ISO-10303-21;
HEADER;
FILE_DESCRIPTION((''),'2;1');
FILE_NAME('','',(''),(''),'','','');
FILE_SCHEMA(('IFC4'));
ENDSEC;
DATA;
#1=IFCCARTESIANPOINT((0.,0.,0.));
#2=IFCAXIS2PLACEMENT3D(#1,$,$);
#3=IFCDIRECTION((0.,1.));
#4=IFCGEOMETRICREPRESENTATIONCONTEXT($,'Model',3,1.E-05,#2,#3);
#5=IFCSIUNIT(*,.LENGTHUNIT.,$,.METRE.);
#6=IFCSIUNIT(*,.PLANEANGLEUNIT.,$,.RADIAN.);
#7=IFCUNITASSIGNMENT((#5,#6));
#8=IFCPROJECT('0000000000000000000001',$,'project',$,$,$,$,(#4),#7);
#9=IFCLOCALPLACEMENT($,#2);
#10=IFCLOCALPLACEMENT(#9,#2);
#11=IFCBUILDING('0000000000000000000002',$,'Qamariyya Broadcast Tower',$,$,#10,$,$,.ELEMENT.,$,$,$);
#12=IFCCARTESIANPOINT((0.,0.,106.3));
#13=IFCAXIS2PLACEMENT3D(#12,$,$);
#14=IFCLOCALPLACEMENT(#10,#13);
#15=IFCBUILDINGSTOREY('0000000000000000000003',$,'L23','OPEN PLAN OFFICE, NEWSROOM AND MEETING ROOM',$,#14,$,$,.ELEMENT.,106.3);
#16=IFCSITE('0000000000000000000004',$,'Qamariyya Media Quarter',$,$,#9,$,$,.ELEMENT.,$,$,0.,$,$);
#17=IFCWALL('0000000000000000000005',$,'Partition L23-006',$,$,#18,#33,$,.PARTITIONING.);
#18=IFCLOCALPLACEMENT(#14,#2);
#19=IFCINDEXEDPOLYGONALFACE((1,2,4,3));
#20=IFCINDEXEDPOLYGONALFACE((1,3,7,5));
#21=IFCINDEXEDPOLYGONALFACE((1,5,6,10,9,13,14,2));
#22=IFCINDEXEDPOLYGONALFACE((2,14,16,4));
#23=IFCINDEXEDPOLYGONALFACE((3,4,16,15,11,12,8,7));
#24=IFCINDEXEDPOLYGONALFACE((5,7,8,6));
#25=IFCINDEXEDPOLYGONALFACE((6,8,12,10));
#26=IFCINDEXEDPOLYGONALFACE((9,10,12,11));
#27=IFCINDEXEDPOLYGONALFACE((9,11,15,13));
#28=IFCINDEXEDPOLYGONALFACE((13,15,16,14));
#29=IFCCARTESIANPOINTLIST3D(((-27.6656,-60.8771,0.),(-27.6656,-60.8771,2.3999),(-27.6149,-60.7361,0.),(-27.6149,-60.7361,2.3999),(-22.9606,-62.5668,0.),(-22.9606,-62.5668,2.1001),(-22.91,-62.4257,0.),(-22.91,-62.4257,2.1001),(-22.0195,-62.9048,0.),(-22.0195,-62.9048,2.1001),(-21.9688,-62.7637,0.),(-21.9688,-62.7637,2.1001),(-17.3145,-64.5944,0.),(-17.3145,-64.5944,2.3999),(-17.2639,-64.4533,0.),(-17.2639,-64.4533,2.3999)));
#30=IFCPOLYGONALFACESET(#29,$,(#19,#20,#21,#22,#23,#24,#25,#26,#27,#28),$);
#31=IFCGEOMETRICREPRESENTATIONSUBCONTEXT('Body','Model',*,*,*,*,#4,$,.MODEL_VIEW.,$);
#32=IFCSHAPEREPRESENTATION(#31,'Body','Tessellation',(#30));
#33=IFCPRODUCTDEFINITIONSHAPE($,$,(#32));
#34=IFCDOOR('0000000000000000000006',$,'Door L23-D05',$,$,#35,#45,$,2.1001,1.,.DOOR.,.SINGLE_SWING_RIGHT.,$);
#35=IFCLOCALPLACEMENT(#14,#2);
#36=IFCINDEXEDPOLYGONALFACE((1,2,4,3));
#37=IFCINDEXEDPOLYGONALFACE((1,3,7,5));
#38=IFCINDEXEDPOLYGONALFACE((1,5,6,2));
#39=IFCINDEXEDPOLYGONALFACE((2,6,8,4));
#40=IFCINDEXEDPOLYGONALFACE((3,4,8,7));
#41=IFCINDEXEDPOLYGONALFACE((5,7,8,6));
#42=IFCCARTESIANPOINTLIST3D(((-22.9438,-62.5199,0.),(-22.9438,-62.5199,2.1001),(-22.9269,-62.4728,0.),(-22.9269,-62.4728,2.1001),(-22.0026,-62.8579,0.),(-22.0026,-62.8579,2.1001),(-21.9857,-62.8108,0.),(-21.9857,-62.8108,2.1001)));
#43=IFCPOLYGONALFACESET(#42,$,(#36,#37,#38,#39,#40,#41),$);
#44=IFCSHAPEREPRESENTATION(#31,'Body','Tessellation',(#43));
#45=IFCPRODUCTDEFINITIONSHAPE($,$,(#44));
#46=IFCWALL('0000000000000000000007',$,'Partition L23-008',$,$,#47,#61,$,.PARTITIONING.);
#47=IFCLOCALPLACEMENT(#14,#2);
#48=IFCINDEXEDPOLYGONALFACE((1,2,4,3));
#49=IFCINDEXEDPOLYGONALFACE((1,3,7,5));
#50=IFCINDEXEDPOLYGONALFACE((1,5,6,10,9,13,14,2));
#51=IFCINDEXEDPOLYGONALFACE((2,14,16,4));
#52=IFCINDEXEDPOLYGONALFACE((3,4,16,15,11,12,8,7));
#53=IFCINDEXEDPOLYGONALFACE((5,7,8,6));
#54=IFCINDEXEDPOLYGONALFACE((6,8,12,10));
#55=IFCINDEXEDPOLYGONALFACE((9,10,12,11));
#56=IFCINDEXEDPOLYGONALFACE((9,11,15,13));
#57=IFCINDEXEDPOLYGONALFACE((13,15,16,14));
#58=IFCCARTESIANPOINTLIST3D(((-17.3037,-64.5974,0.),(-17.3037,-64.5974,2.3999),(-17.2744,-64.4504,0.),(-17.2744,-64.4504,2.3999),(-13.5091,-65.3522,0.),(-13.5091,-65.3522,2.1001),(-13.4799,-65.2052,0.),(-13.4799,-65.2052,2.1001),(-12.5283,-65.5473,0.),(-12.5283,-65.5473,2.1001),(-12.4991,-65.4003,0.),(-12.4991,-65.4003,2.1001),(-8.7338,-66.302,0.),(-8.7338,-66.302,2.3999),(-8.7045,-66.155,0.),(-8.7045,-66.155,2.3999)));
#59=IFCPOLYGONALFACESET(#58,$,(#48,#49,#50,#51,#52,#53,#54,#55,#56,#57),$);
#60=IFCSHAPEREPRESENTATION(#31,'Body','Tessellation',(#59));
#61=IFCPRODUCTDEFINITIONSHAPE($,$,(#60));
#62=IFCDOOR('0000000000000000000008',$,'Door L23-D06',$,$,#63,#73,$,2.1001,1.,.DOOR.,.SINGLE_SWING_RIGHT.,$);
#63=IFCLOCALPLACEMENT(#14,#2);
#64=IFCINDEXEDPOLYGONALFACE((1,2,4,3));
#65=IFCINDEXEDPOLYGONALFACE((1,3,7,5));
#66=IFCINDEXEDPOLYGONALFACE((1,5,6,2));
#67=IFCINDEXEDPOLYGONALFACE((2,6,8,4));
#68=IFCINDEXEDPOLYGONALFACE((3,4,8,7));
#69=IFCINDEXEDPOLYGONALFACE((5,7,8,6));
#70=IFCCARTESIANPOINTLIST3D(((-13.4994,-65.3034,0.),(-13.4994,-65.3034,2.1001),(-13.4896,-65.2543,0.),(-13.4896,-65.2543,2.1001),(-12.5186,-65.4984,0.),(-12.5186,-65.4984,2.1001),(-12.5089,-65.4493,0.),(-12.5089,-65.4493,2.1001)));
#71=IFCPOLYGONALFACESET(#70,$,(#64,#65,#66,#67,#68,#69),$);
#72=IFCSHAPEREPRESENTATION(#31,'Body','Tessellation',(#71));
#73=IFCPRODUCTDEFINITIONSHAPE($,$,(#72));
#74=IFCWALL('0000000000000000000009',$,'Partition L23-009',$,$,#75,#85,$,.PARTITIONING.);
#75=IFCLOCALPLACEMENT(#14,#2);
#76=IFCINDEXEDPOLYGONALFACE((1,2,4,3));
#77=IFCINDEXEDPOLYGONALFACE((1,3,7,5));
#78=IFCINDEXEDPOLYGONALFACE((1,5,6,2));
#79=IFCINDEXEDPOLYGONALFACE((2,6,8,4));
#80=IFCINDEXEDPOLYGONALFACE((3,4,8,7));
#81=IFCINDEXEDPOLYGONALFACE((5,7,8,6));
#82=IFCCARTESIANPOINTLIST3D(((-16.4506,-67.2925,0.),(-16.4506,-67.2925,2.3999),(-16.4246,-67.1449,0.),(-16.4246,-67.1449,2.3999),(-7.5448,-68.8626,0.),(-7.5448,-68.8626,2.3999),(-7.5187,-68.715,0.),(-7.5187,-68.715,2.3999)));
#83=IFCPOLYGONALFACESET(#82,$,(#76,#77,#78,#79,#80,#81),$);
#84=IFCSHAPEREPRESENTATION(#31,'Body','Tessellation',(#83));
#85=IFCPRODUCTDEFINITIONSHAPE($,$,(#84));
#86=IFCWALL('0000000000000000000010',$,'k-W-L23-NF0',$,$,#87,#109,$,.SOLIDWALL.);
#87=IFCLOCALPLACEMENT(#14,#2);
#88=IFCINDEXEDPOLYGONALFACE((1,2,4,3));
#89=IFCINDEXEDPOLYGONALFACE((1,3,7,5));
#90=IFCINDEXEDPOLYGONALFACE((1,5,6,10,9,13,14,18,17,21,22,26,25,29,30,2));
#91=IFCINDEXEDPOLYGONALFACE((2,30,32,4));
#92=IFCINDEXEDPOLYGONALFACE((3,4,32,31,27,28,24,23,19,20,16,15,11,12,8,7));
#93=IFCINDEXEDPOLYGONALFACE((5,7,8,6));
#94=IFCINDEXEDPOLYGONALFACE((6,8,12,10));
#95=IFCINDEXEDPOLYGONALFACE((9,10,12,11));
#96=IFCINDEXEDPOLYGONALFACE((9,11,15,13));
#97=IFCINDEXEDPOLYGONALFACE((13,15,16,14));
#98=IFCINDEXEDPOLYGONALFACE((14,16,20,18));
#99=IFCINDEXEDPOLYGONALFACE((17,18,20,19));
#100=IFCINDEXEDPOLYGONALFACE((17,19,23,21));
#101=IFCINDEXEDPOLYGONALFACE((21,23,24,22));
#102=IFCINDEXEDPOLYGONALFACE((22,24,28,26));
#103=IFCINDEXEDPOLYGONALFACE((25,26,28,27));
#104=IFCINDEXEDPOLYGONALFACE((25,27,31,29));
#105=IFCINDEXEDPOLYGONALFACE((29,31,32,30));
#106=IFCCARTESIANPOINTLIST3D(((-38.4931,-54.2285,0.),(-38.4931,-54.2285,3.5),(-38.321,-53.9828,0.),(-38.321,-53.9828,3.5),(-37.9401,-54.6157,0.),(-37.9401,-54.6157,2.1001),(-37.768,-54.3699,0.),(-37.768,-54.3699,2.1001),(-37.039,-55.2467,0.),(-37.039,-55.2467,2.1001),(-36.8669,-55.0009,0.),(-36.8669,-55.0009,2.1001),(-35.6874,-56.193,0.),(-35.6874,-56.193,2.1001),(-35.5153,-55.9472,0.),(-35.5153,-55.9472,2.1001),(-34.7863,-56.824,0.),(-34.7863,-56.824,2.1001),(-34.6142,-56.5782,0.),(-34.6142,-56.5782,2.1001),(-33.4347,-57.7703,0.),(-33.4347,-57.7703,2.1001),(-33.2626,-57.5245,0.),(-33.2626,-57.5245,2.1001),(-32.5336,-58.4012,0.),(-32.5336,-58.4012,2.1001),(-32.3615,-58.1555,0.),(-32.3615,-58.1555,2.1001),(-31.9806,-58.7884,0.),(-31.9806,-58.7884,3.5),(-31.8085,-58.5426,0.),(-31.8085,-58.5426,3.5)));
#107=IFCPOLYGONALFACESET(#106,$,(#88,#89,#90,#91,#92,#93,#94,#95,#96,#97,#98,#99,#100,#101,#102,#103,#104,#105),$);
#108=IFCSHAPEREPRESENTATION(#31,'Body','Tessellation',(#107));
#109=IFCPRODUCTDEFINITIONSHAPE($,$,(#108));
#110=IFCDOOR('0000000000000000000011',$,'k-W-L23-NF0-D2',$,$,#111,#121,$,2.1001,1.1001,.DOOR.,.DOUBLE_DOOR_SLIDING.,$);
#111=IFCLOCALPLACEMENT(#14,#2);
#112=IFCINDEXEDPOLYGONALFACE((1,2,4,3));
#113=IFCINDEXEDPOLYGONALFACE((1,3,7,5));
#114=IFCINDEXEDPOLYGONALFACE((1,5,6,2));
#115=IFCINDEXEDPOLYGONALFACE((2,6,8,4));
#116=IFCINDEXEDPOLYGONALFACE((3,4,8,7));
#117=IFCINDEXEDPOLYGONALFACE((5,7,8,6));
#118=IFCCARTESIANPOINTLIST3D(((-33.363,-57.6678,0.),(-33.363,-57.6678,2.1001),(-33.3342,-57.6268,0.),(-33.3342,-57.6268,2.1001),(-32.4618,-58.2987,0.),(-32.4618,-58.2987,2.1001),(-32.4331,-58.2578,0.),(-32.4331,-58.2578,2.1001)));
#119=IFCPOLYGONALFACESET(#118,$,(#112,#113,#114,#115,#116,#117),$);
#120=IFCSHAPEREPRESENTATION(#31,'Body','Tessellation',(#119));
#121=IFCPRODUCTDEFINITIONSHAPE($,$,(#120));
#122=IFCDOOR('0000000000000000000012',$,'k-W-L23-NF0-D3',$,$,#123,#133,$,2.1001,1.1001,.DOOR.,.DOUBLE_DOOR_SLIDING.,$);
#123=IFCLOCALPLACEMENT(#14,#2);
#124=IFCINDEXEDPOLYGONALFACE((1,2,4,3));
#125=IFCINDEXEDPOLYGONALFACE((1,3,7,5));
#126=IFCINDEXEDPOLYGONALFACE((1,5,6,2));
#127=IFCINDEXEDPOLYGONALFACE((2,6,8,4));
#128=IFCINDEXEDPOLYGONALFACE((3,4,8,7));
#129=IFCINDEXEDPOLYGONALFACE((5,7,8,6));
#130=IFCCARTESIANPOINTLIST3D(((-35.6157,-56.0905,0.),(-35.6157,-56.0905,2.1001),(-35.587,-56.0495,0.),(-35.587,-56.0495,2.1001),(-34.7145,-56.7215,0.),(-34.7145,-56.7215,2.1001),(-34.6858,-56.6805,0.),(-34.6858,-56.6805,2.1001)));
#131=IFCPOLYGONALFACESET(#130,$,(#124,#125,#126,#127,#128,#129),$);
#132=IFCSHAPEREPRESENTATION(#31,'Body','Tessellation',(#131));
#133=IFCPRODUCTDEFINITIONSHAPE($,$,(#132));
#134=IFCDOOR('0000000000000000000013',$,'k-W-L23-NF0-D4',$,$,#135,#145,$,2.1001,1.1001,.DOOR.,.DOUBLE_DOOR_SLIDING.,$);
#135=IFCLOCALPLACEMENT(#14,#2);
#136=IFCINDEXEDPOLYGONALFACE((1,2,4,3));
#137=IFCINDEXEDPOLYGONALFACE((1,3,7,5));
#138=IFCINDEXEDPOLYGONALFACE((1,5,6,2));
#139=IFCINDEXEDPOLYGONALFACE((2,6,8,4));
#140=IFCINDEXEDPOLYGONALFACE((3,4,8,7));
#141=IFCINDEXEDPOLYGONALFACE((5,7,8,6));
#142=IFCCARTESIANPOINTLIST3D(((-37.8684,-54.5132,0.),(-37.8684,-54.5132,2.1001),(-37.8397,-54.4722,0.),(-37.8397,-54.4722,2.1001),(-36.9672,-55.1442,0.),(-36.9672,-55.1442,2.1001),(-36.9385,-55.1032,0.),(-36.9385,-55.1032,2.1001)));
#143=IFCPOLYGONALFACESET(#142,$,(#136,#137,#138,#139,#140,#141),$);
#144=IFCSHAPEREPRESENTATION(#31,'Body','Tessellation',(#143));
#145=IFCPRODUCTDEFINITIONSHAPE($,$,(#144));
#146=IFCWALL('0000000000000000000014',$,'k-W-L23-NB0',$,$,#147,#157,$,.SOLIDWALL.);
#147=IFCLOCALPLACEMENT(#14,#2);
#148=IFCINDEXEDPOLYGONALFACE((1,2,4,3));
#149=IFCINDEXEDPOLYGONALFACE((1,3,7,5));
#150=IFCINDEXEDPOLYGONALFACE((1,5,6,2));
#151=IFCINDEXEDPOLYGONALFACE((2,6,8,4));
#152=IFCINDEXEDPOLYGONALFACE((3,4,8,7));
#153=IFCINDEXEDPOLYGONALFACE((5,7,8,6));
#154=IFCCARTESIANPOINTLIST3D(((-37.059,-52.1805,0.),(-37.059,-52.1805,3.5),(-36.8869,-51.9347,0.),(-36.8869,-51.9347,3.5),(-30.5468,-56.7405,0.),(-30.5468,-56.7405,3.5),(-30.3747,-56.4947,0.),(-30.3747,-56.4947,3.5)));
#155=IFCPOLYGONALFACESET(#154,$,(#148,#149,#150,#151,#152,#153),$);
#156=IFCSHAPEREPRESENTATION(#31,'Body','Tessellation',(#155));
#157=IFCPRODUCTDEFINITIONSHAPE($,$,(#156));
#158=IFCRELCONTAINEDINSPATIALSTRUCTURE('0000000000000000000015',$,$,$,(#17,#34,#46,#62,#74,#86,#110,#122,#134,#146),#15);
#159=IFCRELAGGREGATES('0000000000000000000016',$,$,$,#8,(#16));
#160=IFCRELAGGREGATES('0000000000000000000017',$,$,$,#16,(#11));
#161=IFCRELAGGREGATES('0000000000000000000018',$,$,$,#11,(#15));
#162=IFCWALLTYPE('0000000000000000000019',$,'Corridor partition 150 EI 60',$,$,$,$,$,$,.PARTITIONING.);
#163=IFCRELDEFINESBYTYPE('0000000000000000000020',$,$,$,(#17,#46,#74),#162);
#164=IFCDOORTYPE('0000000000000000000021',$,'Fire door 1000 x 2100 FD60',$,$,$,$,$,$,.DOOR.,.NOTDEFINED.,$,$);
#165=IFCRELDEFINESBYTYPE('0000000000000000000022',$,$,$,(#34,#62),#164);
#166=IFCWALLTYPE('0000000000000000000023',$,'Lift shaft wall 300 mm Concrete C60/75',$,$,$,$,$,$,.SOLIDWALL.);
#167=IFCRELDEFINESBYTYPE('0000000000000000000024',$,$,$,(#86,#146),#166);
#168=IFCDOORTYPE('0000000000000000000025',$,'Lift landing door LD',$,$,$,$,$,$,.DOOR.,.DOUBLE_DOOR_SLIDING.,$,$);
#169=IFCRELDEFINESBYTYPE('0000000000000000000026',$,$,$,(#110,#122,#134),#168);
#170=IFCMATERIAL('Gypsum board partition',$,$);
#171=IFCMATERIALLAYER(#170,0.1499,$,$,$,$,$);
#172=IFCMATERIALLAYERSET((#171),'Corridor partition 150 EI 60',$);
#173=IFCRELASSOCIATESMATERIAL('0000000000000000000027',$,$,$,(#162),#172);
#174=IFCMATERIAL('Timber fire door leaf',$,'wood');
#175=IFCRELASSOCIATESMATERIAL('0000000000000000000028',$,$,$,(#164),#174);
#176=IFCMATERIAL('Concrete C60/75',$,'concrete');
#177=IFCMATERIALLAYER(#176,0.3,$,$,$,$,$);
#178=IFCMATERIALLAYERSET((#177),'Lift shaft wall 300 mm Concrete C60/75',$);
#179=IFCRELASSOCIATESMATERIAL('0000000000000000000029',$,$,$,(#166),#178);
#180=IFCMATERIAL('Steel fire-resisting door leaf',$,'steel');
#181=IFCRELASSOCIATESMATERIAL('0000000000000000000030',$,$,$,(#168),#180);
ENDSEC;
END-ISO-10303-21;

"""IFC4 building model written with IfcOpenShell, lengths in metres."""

from ifc_helpers import new_model, si_unit, direction, frame, frame_2d, origin, place, context, subcontext, project, spatial, rectangle, extrude, material, layer, layer_set, type_object, element, fill, save


model = new_model("IFC4")

# Units and contexts
model_context = context("Model", 3, precision=1e-05, world=origin(), true_north=direction((0.0, 1.0)))
body_context = subcontext(model_context, "Body", "Model", "MODEL_VIEW")
ifc_project = project(units=[si_unit("LENGTHUNIT", "METRE"), si_unit("PLANEANGLEUNIT", "RADIAN")], contexts=[model_context])

# Site, building, storey
site_placement = place(None, origin())
site = spatial("IfcSite", under=ifc_project, at=site_placement, Name="Qamariyya Media Quarter", CompositionType="ELEMENT", RefElevation=0.0)
building_placement = place(site_placement, origin())
building = spatial("IfcBuilding", under=site, at=building_placement, Name="Qamariyya Broadcast Tower", CompositionType="ELEMENT")
storey_placement = place(building_placement, frame((0.0, 0.0, 106.3)))
storey = spatial("IfcBuildingStorey", under=building, at=storey_placement, Name="L23", Description="OPEN PLAN OFFICE, NEWSROOM AND MEETING ROOM", CompositionType="ELEMENT", Elevation=106.3)

# Shared definitions
ifc_material_1 = material(Name="Gypsum board partition")
ifc_layer_1 = layer(ifc_material_1, 0.1499)
ifc_layer_set_1 = layer_set([ifc_layer_1], Name="Corridor partition 150 EI 60")
wall_type_1 = type_object("IfcWallType", Name="Corridor partition 150 EI 60", PredefinedType="PARTITIONING", material=ifc_layer_set_1)
ifc_material_2 = material(Name="Timber fire door leaf", Category="wood")

# Walls, openings, doors
wall_1_placement = place(storey_placement, frame((-27.6401, -60.8066, 0.0), z_axis=(0.0, 0.0, 1.0), x_axis=(0.941151, -0.337987, 0.0)))
wall_1 = element("IfcWall", 1, at=wall_1_placement, inside=storey, type_object=wall_type_1, Name="Partition L23-006", PredefinedType="PARTITIONING", context=body_context, shape_type="SweptSolid", body=[
    extrude(rectangle(XDim=10.9983, YDim=0.1499, at=frame_2d((5.499, 0.0))), origin(), (0.0, 0.0, 1.0), 2.3999),
])
opening_1_placement = place(wall_1_placement, frame((4.999, 0.0, 0.0)))
opening_1 = element("IfcOpeningElement", 2, at=opening_1_placement, cuts=wall_1, PredefinedType="OPENING", context=body_context, shape_type="SweptSolid", body=[
    extrude(rectangle(XDim=1.0, YDim=2.1001, at=frame_2d((0.5, 1.05))), frame((0.0, 0.085, 0.0), z_axis=(0.0, -1.0, 0.0), x_axis=(1.0, 0.0, 0.0)), (0.0, 0.0, 1.0), 0.1699),
])
door_type_1 = type_object("IfcDoorType", Name="Fire door 1000 x 2100 FD60", OperationType="NOTDEFINED", PredefinedType="DOOR", material=ifc_material_2)
door_1_placement = place(opening_1_placement, origin())
door_1 = element("IfcDoor", 3, at=door_1_placement, inside=storey, type_object=door_type_1, Name="Door L23-D05", OperationType="SINGLE_SWING_RIGHT", OverallHeight=2.1001, OverallWidth=1.0, PredefinedType="DOOR", context=body_context, shape_type="SweptSolid", body=[
    extrude(rectangle(XDim=1.0, YDim=2.1001, at=frame_2d((0.5, 1.05))), frame((0.0, 0.0249, 0.0), z_axis=(0.0, -1.0, 0.0), x_axis=(1.0, 0.0, 0.0)), (0.0, 0.0, 1.0), 0.05),
])
fill(opening_1, door_1)
wall_2_placement = place(storey_placement, frame((-17.2891, -64.5239, 0.0), z_axis=(0.0, 0.0, 1.0), x_axis=(0.980786, -0.195084, 0.0)))
wall_2 = element("IfcWall", 4, at=wall_2_placement, inside=storey, type_object=wall_type_1, Name="Partition L23-008", PredefinedType="PARTITIONING", context=body_context, shape_type="SweptSolid", body=[
    extrude(rectangle(XDim=8.7378, YDim=0.1499, at=frame_2d((4.3689, 0.0))), origin(), (0.0, 0.0, 1.0), 2.3999),
])
opening_2_placement = place(wall_2_placement, frame((3.8689, 0.0, 0.0)))
opening_2 = element("IfcOpeningElement", 5, at=opening_2_placement, cuts=wall_2, PredefinedType="OPENING", context=body_context, shape_type="SweptSolid", body=[
    extrude(rectangle(XDim=1.0, YDim=2.1001, at=frame_2d((0.5, 1.05))), frame((0.0, 0.085, 0.0), z_axis=(0.0, -1.0, 0.0), x_axis=(1.0, 0.0, 0.0)), (0.0, 0.0, 1.0), 0.1699),
])
door_2_placement = place(opening_2_placement, origin())
door_2 = element("IfcDoor", 6, at=door_2_placement, inside=storey, type_object=door_type_1, Name="Door L23-D06", OperationType="SINGLE_SWING_RIGHT", OverallHeight=2.1001, OverallWidth=1.0, PredefinedType="DOOR", context=body_context, shape_type="SweptSolid", body=[
    extrude(rectangle(XDim=1.0, YDim=2.1001, at=frame_2d((0.5, 1.05))), frame((0.0, 0.0249, 0.0), z_axis=(0.0, -1.0, 0.0), x_axis=(1.0, 0.0, 0.0)), (0.0, 0.0, 1.0), 0.05),
])
fill(opening_2, door_2)

# Wall
wall_3_placement = place(storey_placement, frame((-16.4375, -67.2188, 0.0), z_axis=(0.0, 0.0, 1.0), x_axis=(0.984813, -0.173621, 0.0)))
element("IfcWall", 7, at=wall_3_placement, inside=storey, type_object=wall_type_1, Name="Partition L23-009", PredefinedType="PARTITIONING", context=body_context, shape_type="SweptSolid", body=[
    extrude(rectangle(XDim=9.0432, YDim=0.1499, at=frame_2d((4.5215, 0.0))), origin(), (0.0, 0.0, 1.0), 2.3999),
])

# Wall, openings, doors
ifc_material_3 = material(Name="Concrete C60/75", Category="concrete")
ifc_layer_2 = layer(ifc_material_3, 0.3)
ifc_layer_set_2 = layer_set([ifc_layer_2], Name="Lift shaft wall 300 mm Concrete C60/75")
wall_type_2 = type_object("IfcWallType", Name="Lift shaft wall 300 mm Concrete C60/75", PredefinedType="SOLIDWALL", material=ifc_layer_set_2)
wall_4_placement = place(storey_placement, frame((-31.8945, -58.6655, 0.0), z_axis=(0.0, 0.0, 1.0), x_axis=(-0.819167, 0.573555, 0.0)))
wall_4 = element("IfcWall", 8, at=wall_4_placement, inside=storey, type_object=wall_type_2, Name="k-W-L23-NF0", PredefinedType="SOLIDWALL", context=body_context, shape_type="SweptSolid", body=[
    extrude(rectangle(XDim=7.9502, YDim=0.3, at=frame_2d((3.9751, 0.0))), origin(), (0.0, 0.0, 1.0), 3.5),
])
opening_3_placement = place(wall_4_placement, frame((0.675, 0.0, 0.0)))
opening_3 = element("IfcOpeningElement", 9, at=opening_3_placement, cuts=wall_4, PredefinedType="OPENING", context=body_context, shape_type="SweptSolid", body=[
    extrude(rectangle(XDim=1.1001, YDim=2.1001, at=frame_2d((0.55, 1.05))), frame((0.0, 0.1599, 0.0), z_axis=(0.0, -1.0, 0.0), x_axis=(1.0, 0.0, 0.0)), (0.0, 0.0, 1.0), 0.3201),
])
opening_4_placement = place(wall_4_placement, frame((3.425, 0.0, 0.0)))
opening_4 = element("IfcOpeningElement", 10, at=opening_4_placement, cuts=wall_4, PredefinedType="OPENING", context=body_context, shape_type="SweptSolid", body=[
    extrude(rectangle(XDim=1.1001, YDim=2.1001, at=frame_2d((0.55, 1.05))), frame((0.0, 0.1599, 0.0), z_axis=(0.0, -1.0, 0.0), x_axis=(1.0, 0.0, 0.0)), (0.0, 0.0, 1.0), 0.3201),
])
opening_5_placement = place(wall_4_placement, frame((6.175, 0.0, 0.0)))
opening_5 = element("IfcOpeningElement", 11, at=opening_5_placement, cuts=wall_4, PredefinedType="OPENING", context=body_context, shape_type="SweptSolid", body=[
    extrude(rectangle(XDim=1.1001, YDim=2.1001, at=frame_2d((0.55, 1.05))), frame((0.0, 0.1599, 0.0), z_axis=(0.0, -1.0, 0.0), x_axis=(1.0, 0.0, 0.0)), (0.0, 0.0, 1.0), 0.3201),
])
ifc_material_4 = material(Name="Steel fire-resisting door leaf", Category="steel")
door_type_2 = type_object("IfcDoorType", Name="Lift landing door LD", OperationType="DOUBLE_DOOR_SLIDING", PredefinedType="DOOR", material=ifc_material_4)
door_3_placement = place(opening_3_placement, origin())
door_3 = element("IfcDoor", 12, at=door_3_placement, inside=storey, type_object=door_type_2, Name="k-W-L23-NF0-D2", OperationType="DOUBLE_DOOR_SLIDING", OverallHeight=2.1001, OverallWidth=1.1001, PredefinedType="DOOR", context=body_context, shape_type="SweptSolid", body=[
    extrude(rectangle(XDim=1.1001, YDim=2.1001, at=frame_2d((0.55, 1.05))), frame((0.0, 0.0249, 0.0), z_axis=(0.0, -1.0, 0.0), x_axis=(1.0, 0.0, 0.0)), (0.0, 0.0, 1.0), 0.05),
])
fill(opening_3, door_3)
door_4_placement = place(opening_4_placement, origin())
door_4 = element("IfcDoor", 13, at=door_4_placement, inside=storey, type_object=door_type_2, Name="k-W-L23-NF0-D3", OperationType="DOUBLE_DOOR_SLIDING", OverallHeight=2.1001, OverallWidth=1.1001, PredefinedType="DOOR", context=body_context, shape_type="SweptSolid", body=[
    extrude(rectangle(XDim=1.1001, YDim=2.1001, at=frame_2d((0.55, 1.05))), frame((0.0, 0.0249, 0.0), z_axis=(0.0, -1.0, 0.0), x_axis=(1.0, 0.0, 0.0)), (0.0, 0.0, 1.0), 0.05),
])
fill(opening_4, door_4)
door_5_placement = place(opening_5_placement, origin())
door_5 = element("IfcDoor", 14, at=door_5_placement, inside=storey, type_object=door_type_2, Name="k-W-L23-NF0-D4", OperationType="DOUBLE_DOOR_SLIDING", OverallHeight=2.1001, OverallWidth=1.1001, PredefinedType="DOOR", context=body_context, shape_type="SweptSolid", body=[
    extrude(rectangle(XDim=1.1001, YDim=2.1001, at=frame_2d((0.55, 1.05))), frame((0.0, 0.0249, 0.0), z_axis=(0.0, -1.0, 0.0), x_axis=(1.0, 0.0, 0.0)), (0.0, 0.0, 1.0), 0.05),
])
fill(opening_5, door_5)

# Wall
wall_5_placement = place(storey_placement, frame((-30.4607, -56.6177, 0.0), z_axis=(0.0, 0.0, 1.0), x_axis=(-0.819142, 0.57359, 0.0)))
element("IfcWall", 15, at=wall_5_placement, inside=storey, type_object=wall_type_2, Name="k-W-L23-NB0", PredefinedType="SOLIDWALL", context=body_context, shape_type="SweptSolid", body=[
    extrude(rectangle(XDim=7.95, YDim=0.3, at=frame_2d((3.9751, 0.0))), origin(), (0.0, 0.0, 1.0), 3.5),
])

save(model, "model.ifc")
